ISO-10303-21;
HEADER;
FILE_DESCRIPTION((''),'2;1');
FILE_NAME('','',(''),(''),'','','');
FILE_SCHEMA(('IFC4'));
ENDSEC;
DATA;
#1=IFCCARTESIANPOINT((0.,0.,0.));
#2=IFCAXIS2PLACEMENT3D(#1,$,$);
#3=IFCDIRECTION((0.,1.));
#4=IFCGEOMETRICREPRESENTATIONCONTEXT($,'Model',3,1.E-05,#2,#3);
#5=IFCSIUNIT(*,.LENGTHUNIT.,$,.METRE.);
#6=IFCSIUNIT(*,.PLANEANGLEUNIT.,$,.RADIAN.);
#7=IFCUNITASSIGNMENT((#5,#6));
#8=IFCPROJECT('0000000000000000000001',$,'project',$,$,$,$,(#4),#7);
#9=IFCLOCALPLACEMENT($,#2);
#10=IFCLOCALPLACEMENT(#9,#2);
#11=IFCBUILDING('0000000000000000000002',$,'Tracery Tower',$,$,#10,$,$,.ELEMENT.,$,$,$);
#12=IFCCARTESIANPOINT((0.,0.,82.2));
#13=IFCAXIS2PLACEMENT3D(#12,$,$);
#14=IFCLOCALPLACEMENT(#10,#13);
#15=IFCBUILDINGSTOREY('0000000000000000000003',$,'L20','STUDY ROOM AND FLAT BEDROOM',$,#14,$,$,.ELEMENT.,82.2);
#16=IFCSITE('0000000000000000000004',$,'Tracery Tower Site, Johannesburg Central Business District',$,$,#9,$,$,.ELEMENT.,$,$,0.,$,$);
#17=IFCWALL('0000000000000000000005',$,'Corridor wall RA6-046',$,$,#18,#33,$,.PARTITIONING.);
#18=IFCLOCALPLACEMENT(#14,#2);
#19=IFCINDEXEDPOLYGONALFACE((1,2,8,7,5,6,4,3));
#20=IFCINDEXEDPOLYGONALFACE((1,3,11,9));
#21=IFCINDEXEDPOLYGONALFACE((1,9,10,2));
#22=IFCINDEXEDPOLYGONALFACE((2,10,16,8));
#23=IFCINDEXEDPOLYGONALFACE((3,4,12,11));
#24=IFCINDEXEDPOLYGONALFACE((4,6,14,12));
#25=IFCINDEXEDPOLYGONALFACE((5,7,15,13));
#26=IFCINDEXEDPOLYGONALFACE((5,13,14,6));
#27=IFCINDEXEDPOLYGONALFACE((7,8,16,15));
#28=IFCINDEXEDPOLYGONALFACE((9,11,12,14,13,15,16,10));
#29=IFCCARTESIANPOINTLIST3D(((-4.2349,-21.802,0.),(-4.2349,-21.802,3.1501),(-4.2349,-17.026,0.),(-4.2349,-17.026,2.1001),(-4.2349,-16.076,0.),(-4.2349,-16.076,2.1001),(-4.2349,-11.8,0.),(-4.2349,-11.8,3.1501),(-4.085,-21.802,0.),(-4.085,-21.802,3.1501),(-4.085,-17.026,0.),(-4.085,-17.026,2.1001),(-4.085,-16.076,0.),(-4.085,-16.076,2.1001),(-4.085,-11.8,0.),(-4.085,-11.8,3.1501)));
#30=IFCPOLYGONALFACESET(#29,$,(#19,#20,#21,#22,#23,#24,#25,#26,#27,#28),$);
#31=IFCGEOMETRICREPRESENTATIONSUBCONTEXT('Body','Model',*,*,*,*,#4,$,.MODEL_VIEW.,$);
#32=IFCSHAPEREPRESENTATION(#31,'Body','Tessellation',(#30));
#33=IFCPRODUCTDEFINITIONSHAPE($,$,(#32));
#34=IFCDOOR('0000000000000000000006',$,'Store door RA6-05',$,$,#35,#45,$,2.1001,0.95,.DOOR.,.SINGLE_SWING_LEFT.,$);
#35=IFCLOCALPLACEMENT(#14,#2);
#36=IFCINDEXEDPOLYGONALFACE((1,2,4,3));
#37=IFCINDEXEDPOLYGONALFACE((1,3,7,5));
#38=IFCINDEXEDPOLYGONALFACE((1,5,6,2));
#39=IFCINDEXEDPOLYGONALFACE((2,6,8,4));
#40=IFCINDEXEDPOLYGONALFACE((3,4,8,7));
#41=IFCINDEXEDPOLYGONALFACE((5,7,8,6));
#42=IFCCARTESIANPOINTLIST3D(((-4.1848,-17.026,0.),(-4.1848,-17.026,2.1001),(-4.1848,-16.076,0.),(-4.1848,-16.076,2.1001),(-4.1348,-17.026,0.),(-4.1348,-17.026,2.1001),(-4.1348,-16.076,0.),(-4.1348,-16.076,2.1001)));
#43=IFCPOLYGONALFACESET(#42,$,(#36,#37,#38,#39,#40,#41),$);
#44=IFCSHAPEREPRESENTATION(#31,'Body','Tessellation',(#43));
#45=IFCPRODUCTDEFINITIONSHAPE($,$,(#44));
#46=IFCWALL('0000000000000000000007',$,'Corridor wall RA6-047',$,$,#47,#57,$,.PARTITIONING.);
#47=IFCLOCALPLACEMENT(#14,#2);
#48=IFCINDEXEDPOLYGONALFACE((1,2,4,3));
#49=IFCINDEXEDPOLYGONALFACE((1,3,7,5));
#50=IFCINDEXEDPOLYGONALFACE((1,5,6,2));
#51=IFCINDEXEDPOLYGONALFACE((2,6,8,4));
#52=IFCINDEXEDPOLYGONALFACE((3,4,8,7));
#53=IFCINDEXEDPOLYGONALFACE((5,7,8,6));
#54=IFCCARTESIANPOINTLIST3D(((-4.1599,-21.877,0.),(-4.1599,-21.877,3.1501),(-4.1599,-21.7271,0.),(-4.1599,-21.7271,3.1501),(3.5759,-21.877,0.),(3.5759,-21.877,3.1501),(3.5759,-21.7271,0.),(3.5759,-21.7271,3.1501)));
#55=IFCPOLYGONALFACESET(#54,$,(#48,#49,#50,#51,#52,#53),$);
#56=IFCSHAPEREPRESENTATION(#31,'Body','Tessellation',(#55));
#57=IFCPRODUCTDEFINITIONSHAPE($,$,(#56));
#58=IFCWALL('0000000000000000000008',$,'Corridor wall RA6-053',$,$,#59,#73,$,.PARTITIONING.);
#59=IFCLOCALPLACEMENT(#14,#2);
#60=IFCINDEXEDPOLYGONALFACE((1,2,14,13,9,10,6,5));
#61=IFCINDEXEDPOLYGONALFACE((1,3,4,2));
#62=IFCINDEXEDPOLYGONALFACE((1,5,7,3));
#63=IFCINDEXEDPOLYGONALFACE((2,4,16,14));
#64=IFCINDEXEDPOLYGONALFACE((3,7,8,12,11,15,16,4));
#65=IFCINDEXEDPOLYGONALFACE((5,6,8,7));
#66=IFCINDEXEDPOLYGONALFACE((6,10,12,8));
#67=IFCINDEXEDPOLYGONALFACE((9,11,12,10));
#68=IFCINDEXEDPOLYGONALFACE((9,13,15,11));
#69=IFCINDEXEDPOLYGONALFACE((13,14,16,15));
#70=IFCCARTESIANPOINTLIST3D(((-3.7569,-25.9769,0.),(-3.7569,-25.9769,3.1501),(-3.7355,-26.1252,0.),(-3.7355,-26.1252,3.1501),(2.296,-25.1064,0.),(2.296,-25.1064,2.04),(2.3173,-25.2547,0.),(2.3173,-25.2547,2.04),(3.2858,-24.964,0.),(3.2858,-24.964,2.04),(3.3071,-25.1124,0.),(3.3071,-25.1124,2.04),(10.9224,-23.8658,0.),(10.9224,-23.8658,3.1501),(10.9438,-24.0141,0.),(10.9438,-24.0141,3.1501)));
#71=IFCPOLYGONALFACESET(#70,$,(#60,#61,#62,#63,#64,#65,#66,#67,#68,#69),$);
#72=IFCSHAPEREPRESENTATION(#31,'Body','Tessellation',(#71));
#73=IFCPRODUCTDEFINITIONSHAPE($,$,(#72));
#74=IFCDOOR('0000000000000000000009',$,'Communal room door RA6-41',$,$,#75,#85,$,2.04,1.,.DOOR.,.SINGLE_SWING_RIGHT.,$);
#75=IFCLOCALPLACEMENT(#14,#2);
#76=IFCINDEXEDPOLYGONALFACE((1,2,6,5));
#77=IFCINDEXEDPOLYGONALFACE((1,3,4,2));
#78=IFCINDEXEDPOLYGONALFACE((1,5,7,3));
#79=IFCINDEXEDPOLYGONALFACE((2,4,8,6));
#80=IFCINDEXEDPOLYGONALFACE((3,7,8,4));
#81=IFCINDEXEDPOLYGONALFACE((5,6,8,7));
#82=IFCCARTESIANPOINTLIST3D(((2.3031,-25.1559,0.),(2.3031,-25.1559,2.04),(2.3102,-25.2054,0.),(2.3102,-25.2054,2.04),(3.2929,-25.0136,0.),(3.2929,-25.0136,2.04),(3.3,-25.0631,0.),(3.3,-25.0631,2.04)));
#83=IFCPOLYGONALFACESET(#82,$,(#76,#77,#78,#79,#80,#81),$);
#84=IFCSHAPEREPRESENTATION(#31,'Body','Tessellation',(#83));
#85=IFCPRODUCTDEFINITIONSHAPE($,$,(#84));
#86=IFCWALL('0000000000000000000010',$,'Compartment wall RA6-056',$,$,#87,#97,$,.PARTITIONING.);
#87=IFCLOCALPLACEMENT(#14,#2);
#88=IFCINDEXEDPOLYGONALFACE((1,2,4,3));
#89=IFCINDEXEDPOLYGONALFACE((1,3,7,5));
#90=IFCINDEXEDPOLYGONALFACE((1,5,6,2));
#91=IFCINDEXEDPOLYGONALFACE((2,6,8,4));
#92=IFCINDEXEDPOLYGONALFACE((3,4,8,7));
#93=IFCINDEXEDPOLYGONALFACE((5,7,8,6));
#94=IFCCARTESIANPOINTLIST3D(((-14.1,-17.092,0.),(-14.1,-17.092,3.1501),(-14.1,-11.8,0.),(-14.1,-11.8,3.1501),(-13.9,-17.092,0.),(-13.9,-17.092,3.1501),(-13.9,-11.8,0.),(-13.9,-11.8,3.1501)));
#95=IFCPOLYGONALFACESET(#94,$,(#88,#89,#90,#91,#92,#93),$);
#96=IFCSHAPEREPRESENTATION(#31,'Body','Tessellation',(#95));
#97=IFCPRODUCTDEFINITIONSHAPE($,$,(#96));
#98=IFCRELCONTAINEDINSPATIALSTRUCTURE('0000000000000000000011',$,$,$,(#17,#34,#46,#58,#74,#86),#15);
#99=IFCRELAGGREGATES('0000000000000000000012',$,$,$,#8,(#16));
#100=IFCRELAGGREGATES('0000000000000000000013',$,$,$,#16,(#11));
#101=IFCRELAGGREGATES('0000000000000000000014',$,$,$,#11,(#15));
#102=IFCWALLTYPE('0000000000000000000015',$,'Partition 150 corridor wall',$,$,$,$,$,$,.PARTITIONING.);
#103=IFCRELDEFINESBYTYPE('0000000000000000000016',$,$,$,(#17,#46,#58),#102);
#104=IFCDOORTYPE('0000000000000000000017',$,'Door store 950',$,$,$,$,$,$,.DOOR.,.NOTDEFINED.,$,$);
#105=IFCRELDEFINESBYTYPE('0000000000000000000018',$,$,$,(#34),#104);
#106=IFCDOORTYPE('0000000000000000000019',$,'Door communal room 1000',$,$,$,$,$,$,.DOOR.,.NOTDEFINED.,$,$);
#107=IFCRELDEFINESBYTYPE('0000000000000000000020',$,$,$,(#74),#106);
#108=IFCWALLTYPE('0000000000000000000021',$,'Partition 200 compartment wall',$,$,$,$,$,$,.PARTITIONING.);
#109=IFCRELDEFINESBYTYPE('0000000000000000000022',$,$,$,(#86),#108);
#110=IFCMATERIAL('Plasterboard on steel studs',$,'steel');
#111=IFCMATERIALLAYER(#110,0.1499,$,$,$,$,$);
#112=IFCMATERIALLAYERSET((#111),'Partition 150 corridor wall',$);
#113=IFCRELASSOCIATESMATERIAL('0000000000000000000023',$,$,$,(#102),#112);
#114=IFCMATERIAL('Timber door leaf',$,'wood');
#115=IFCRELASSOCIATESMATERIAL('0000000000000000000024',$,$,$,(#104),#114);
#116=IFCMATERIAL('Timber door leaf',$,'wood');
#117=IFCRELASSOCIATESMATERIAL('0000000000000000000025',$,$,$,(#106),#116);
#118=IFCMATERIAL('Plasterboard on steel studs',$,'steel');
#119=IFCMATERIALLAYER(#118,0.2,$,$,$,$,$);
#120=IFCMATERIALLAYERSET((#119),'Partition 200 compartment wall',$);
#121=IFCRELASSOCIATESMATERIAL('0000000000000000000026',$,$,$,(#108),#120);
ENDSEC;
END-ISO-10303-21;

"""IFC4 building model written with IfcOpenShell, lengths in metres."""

from ifc_helpers import new_model, si_unit, direction, frame, frame_2d, origin, place, context, subcontext, project, spatial, rectangle, extrude, material, layer, layer_set, type_object, element, fill, save


model = new_model("IFC4")

# Units and contexts
model_context = context("Model", 3, precision=1e-05, world=origin(), true_north=direction((0.0, 1.0)))
body_context = subcontext(model_context, "Body", "Model", "MODEL_VIEW")
ifc_project = project(units=[si_unit("LENGTHUNIT", "METRE"), si_unit("PLANEANGLEUNIT", "RADIAN")], contexts=[model_context])

# Site, building, storey
site_placement = place(None, origin())
site = spatial("IfcSite", under=ifc_project, at=site_placement, Name="Tracery Tower Site, Johannesburg Central Business District", CompositionType="ELEMENT", RefElevation=0.0)
building_placement = place(site_placement, origin())
building = spatial("IfcBuilding", under=site, at=building_placement, Name="Tracery Tower", CompositionType="ELEMENT")
storey_placement = place(building_placement, frame((0.0, 0.0, 82.2)))
storey = spatial("IfcBuildingStorey", under=building, at=storey_placement, Name="L20", Description="STUDY ROOM AND FLAT BEDROOM", CompositionType="ELEMENT", Elevation=82.2)

# Wall, opening, door
ifc_material_1 = material(Name="Plasterboard on steel studs", Category="steel")
ifc_layer_1 = layer(ifc_material_1, 0.1499)
ifc_layer_set_1 = layer_set([ifc_layer_1], Name="Partition 150 corridor wall")
wall_type_1 = type_object("IfcWallType", Name="Partition 150 corridor wall", PredefinedType="PARTITIONING", material=ifc_layer_set_1)
ifc_material_2 = material(Name="Timber door leaf", Category="wood")
door_type_1 = type_object("IfcDoorType", Name="Door store 950", OperationType="NOTDEFINED", PredefinedType="DOOR", material=ifc_material_2)
wall_1_placement = place(storey_placement, frame((-4.1599, -21.802, 0.0), z_axis=(0.0, 0.0, 1.0), x_axis=(0.0, 1.0, 0.0)))
wall_1 = element("IfcWall", 1, at=wall_1_placement, inside=storey, type_object=wall_type_1, Name="Corridor wall RA6-046", PredefinedType="PARTITIONING", context=body_context, shape_type="SweptSolid", body=[
    extrude(rectangle(XDim=10.002, YDim=0.1499, at=frame_2d((5.001, 0.0))), origin(), (0.0, 0.0, 1.0), 3.1501),
])
opening_1_placement = place(wall_1_placement, frame((4.7759, 0.0, 0.0)))
opening_1 = element("IfcOpeningElement", 2, at=opening_1_placement, cuts=wall_1, PredefinedType="OPENING", context=body_context, shape_type="SweptSolid", body=[
    extrude(rectangle(XDim=0.95, YDim=2.1001, at=frame_2d((0.4751, 1.05))), frame((0.0, 0.075, 0.0), z_axis=(0.0, -1.0, 0.0), x_axis=(1.0, 0.0, 0.0)), (0.0, 0.0, 1.0), 0.1499),
])
door_1_placement = place(opening_1_placement, origin())
door_1 = element("IfcDoor", 3, at=door_1_placement, inside=storey, type_object=door_type_1, Name="Store door RA6-05", OperationType="SINGLE_SWING_LEFT", OverallHeight=2.1001, OverallWidth=0.95, PredefinedType="DOOR", context=body_context, shape_type="SweptSolid", body=[
    extrude(rectangle(XDim=0.95, YDim=2.1001, at=frame_2d((0.4751, 1.05))), frame((0.0, 0.0249, 0.0), z_axis=(0.0, -1.0, 0.0), x_axis=(1.0, 0.0, 0.0)), (0.0, 0.0, 1.0), 0.05),
])
fill(opening_1, door_1)

# Wall
wall_2_placement = place(storey_placement, frame((-4.1599, -21.802, 0.0), z_axis=(0.0, 0.0, 1.0), x_axis=(1.0, 0.0, 0.0)))
element("IfcWall", 4, at=wall_2_placement, inside=storey, type_object=wall_type_1, Name="Corridor wall RA6-047", PredefinedType="PARTITIONING", context=body_context, shape_type="SweptSolid", body=[
    extrude(rectangle(XDim=7.7358, YDim=0.1499, at=frame_2d((3.8679, 0.0))), origin(), (0.0, 0.0, 1.0), 3.1501),
])

# Wall, opening, door
wall_3_placement = place(storey_placement, frame((-3.7461, -26.051, 0.0), z_axis=(0.0, 0.0, 1.0), x_axis=(0.989816, 0.14235, 0.0)))
wall_3 = element("IfcWall", 5, at=wall_3_placement, inside=storey, type_object=wall_type_1, Name="Corridor wall RA6-053", PredefinedType="PARTITIONING", context=body_context, shape_type="SweptSolid", body=[
    extrude(rectangle(XDim=14.8303, YDim=0.1499, at=frame_2d((7.415, 0.0))), origin(), (0.0, 0.0, 1.0), 3.1501),
])
opening_2_placement = place(wall_3_placement, frame((6.115, 0.0, 0.0)))
opening_2 = element("IfcOpeningElement", 6, at=opening_2_placement, cuts=wall_3, PredefinedType="OPENING", context=body_context, shape_type="SweptSolid", body=[
    extrude(rectangle(XDim=1.0, YDim=2.04, at=frame_2d((0.5, 1.02))), frame((0.0, 0.075, 0.0), z_axis=(0.0, -1.0, 0.0), x_axis=(1.0, 0.0, 0.0)), (0.0, 0.0, 1.0), 0.1499),
])
ifc_material_3 = material(Name="Timber door leaf", Category="wood")
door_type_2 = type_object("IfcDoorType", Name="Door communal room 1000", OperationType="NOTDEFINED", PredefinedType="DOOR", material=ifc_material_3)
door_2_placement = place(opening_2_placement, origin())
door_2 = element("IfcDoor", 7, at=door_2_placement, inside=storey, type_object=door_type_2, Name="Communal room door RA6-41", OperationType="SINGLE_SWING_RIGHT", OverallHeight=2.04, OverallWidth=1.0, PredefinedType="DOOR", context=body_context, shape_type="SweptSolid", body=[
    extrude(rectangle(XDim=1.0, YDim=2.04, at=frame_2d((0.5, 1.02))), frame((0.0, 0.0249, 0.0), z_axis=(0.0, -1.0, 0.0), x_axis=(1.0, 0.0, 0.0)), (0.0, 0.0, 1.0), 0.05),
])
fill(opening_2, door_2)

# Wall
ifc_material_4 = material(Name="Plasterboard on steel studs", Category="steel")
ifc_layer_2 = layer(ifc_material_4, 0.2)
ifc_layer_set_2 = layer_set([ifc_layer_2], Name="Partition 200 compartment wall")
wall_type_2 = type_object("IfcWallType", Name="Partition 200 compartment wall", PredefinedType="PARTITIONING", material=ifc_layer_set_2)
wall_4_placement = place(storey_placement, frame((-14.0, -17.092, 0.0), z_axis=(0.0, 0.0, 1.0), x_axis=(0.0, 1.0, 0.0)))
element("IfcWall", 8, at=wall_4_placement, inside=storey, type_object=wall_type_2, Name="Compartment wall RA6-056", PredefinedType="PARTITIONING", context=body_context, shape_type="SweptSolid", body=[
    extrude(rectangle(XDim=5.292, YDim=0.2, at=frame_2d((2.646, 0.0))), origin(), (0.0, 0.0, 1.0), 3.1501),
])

save(model, "model.ifc")
